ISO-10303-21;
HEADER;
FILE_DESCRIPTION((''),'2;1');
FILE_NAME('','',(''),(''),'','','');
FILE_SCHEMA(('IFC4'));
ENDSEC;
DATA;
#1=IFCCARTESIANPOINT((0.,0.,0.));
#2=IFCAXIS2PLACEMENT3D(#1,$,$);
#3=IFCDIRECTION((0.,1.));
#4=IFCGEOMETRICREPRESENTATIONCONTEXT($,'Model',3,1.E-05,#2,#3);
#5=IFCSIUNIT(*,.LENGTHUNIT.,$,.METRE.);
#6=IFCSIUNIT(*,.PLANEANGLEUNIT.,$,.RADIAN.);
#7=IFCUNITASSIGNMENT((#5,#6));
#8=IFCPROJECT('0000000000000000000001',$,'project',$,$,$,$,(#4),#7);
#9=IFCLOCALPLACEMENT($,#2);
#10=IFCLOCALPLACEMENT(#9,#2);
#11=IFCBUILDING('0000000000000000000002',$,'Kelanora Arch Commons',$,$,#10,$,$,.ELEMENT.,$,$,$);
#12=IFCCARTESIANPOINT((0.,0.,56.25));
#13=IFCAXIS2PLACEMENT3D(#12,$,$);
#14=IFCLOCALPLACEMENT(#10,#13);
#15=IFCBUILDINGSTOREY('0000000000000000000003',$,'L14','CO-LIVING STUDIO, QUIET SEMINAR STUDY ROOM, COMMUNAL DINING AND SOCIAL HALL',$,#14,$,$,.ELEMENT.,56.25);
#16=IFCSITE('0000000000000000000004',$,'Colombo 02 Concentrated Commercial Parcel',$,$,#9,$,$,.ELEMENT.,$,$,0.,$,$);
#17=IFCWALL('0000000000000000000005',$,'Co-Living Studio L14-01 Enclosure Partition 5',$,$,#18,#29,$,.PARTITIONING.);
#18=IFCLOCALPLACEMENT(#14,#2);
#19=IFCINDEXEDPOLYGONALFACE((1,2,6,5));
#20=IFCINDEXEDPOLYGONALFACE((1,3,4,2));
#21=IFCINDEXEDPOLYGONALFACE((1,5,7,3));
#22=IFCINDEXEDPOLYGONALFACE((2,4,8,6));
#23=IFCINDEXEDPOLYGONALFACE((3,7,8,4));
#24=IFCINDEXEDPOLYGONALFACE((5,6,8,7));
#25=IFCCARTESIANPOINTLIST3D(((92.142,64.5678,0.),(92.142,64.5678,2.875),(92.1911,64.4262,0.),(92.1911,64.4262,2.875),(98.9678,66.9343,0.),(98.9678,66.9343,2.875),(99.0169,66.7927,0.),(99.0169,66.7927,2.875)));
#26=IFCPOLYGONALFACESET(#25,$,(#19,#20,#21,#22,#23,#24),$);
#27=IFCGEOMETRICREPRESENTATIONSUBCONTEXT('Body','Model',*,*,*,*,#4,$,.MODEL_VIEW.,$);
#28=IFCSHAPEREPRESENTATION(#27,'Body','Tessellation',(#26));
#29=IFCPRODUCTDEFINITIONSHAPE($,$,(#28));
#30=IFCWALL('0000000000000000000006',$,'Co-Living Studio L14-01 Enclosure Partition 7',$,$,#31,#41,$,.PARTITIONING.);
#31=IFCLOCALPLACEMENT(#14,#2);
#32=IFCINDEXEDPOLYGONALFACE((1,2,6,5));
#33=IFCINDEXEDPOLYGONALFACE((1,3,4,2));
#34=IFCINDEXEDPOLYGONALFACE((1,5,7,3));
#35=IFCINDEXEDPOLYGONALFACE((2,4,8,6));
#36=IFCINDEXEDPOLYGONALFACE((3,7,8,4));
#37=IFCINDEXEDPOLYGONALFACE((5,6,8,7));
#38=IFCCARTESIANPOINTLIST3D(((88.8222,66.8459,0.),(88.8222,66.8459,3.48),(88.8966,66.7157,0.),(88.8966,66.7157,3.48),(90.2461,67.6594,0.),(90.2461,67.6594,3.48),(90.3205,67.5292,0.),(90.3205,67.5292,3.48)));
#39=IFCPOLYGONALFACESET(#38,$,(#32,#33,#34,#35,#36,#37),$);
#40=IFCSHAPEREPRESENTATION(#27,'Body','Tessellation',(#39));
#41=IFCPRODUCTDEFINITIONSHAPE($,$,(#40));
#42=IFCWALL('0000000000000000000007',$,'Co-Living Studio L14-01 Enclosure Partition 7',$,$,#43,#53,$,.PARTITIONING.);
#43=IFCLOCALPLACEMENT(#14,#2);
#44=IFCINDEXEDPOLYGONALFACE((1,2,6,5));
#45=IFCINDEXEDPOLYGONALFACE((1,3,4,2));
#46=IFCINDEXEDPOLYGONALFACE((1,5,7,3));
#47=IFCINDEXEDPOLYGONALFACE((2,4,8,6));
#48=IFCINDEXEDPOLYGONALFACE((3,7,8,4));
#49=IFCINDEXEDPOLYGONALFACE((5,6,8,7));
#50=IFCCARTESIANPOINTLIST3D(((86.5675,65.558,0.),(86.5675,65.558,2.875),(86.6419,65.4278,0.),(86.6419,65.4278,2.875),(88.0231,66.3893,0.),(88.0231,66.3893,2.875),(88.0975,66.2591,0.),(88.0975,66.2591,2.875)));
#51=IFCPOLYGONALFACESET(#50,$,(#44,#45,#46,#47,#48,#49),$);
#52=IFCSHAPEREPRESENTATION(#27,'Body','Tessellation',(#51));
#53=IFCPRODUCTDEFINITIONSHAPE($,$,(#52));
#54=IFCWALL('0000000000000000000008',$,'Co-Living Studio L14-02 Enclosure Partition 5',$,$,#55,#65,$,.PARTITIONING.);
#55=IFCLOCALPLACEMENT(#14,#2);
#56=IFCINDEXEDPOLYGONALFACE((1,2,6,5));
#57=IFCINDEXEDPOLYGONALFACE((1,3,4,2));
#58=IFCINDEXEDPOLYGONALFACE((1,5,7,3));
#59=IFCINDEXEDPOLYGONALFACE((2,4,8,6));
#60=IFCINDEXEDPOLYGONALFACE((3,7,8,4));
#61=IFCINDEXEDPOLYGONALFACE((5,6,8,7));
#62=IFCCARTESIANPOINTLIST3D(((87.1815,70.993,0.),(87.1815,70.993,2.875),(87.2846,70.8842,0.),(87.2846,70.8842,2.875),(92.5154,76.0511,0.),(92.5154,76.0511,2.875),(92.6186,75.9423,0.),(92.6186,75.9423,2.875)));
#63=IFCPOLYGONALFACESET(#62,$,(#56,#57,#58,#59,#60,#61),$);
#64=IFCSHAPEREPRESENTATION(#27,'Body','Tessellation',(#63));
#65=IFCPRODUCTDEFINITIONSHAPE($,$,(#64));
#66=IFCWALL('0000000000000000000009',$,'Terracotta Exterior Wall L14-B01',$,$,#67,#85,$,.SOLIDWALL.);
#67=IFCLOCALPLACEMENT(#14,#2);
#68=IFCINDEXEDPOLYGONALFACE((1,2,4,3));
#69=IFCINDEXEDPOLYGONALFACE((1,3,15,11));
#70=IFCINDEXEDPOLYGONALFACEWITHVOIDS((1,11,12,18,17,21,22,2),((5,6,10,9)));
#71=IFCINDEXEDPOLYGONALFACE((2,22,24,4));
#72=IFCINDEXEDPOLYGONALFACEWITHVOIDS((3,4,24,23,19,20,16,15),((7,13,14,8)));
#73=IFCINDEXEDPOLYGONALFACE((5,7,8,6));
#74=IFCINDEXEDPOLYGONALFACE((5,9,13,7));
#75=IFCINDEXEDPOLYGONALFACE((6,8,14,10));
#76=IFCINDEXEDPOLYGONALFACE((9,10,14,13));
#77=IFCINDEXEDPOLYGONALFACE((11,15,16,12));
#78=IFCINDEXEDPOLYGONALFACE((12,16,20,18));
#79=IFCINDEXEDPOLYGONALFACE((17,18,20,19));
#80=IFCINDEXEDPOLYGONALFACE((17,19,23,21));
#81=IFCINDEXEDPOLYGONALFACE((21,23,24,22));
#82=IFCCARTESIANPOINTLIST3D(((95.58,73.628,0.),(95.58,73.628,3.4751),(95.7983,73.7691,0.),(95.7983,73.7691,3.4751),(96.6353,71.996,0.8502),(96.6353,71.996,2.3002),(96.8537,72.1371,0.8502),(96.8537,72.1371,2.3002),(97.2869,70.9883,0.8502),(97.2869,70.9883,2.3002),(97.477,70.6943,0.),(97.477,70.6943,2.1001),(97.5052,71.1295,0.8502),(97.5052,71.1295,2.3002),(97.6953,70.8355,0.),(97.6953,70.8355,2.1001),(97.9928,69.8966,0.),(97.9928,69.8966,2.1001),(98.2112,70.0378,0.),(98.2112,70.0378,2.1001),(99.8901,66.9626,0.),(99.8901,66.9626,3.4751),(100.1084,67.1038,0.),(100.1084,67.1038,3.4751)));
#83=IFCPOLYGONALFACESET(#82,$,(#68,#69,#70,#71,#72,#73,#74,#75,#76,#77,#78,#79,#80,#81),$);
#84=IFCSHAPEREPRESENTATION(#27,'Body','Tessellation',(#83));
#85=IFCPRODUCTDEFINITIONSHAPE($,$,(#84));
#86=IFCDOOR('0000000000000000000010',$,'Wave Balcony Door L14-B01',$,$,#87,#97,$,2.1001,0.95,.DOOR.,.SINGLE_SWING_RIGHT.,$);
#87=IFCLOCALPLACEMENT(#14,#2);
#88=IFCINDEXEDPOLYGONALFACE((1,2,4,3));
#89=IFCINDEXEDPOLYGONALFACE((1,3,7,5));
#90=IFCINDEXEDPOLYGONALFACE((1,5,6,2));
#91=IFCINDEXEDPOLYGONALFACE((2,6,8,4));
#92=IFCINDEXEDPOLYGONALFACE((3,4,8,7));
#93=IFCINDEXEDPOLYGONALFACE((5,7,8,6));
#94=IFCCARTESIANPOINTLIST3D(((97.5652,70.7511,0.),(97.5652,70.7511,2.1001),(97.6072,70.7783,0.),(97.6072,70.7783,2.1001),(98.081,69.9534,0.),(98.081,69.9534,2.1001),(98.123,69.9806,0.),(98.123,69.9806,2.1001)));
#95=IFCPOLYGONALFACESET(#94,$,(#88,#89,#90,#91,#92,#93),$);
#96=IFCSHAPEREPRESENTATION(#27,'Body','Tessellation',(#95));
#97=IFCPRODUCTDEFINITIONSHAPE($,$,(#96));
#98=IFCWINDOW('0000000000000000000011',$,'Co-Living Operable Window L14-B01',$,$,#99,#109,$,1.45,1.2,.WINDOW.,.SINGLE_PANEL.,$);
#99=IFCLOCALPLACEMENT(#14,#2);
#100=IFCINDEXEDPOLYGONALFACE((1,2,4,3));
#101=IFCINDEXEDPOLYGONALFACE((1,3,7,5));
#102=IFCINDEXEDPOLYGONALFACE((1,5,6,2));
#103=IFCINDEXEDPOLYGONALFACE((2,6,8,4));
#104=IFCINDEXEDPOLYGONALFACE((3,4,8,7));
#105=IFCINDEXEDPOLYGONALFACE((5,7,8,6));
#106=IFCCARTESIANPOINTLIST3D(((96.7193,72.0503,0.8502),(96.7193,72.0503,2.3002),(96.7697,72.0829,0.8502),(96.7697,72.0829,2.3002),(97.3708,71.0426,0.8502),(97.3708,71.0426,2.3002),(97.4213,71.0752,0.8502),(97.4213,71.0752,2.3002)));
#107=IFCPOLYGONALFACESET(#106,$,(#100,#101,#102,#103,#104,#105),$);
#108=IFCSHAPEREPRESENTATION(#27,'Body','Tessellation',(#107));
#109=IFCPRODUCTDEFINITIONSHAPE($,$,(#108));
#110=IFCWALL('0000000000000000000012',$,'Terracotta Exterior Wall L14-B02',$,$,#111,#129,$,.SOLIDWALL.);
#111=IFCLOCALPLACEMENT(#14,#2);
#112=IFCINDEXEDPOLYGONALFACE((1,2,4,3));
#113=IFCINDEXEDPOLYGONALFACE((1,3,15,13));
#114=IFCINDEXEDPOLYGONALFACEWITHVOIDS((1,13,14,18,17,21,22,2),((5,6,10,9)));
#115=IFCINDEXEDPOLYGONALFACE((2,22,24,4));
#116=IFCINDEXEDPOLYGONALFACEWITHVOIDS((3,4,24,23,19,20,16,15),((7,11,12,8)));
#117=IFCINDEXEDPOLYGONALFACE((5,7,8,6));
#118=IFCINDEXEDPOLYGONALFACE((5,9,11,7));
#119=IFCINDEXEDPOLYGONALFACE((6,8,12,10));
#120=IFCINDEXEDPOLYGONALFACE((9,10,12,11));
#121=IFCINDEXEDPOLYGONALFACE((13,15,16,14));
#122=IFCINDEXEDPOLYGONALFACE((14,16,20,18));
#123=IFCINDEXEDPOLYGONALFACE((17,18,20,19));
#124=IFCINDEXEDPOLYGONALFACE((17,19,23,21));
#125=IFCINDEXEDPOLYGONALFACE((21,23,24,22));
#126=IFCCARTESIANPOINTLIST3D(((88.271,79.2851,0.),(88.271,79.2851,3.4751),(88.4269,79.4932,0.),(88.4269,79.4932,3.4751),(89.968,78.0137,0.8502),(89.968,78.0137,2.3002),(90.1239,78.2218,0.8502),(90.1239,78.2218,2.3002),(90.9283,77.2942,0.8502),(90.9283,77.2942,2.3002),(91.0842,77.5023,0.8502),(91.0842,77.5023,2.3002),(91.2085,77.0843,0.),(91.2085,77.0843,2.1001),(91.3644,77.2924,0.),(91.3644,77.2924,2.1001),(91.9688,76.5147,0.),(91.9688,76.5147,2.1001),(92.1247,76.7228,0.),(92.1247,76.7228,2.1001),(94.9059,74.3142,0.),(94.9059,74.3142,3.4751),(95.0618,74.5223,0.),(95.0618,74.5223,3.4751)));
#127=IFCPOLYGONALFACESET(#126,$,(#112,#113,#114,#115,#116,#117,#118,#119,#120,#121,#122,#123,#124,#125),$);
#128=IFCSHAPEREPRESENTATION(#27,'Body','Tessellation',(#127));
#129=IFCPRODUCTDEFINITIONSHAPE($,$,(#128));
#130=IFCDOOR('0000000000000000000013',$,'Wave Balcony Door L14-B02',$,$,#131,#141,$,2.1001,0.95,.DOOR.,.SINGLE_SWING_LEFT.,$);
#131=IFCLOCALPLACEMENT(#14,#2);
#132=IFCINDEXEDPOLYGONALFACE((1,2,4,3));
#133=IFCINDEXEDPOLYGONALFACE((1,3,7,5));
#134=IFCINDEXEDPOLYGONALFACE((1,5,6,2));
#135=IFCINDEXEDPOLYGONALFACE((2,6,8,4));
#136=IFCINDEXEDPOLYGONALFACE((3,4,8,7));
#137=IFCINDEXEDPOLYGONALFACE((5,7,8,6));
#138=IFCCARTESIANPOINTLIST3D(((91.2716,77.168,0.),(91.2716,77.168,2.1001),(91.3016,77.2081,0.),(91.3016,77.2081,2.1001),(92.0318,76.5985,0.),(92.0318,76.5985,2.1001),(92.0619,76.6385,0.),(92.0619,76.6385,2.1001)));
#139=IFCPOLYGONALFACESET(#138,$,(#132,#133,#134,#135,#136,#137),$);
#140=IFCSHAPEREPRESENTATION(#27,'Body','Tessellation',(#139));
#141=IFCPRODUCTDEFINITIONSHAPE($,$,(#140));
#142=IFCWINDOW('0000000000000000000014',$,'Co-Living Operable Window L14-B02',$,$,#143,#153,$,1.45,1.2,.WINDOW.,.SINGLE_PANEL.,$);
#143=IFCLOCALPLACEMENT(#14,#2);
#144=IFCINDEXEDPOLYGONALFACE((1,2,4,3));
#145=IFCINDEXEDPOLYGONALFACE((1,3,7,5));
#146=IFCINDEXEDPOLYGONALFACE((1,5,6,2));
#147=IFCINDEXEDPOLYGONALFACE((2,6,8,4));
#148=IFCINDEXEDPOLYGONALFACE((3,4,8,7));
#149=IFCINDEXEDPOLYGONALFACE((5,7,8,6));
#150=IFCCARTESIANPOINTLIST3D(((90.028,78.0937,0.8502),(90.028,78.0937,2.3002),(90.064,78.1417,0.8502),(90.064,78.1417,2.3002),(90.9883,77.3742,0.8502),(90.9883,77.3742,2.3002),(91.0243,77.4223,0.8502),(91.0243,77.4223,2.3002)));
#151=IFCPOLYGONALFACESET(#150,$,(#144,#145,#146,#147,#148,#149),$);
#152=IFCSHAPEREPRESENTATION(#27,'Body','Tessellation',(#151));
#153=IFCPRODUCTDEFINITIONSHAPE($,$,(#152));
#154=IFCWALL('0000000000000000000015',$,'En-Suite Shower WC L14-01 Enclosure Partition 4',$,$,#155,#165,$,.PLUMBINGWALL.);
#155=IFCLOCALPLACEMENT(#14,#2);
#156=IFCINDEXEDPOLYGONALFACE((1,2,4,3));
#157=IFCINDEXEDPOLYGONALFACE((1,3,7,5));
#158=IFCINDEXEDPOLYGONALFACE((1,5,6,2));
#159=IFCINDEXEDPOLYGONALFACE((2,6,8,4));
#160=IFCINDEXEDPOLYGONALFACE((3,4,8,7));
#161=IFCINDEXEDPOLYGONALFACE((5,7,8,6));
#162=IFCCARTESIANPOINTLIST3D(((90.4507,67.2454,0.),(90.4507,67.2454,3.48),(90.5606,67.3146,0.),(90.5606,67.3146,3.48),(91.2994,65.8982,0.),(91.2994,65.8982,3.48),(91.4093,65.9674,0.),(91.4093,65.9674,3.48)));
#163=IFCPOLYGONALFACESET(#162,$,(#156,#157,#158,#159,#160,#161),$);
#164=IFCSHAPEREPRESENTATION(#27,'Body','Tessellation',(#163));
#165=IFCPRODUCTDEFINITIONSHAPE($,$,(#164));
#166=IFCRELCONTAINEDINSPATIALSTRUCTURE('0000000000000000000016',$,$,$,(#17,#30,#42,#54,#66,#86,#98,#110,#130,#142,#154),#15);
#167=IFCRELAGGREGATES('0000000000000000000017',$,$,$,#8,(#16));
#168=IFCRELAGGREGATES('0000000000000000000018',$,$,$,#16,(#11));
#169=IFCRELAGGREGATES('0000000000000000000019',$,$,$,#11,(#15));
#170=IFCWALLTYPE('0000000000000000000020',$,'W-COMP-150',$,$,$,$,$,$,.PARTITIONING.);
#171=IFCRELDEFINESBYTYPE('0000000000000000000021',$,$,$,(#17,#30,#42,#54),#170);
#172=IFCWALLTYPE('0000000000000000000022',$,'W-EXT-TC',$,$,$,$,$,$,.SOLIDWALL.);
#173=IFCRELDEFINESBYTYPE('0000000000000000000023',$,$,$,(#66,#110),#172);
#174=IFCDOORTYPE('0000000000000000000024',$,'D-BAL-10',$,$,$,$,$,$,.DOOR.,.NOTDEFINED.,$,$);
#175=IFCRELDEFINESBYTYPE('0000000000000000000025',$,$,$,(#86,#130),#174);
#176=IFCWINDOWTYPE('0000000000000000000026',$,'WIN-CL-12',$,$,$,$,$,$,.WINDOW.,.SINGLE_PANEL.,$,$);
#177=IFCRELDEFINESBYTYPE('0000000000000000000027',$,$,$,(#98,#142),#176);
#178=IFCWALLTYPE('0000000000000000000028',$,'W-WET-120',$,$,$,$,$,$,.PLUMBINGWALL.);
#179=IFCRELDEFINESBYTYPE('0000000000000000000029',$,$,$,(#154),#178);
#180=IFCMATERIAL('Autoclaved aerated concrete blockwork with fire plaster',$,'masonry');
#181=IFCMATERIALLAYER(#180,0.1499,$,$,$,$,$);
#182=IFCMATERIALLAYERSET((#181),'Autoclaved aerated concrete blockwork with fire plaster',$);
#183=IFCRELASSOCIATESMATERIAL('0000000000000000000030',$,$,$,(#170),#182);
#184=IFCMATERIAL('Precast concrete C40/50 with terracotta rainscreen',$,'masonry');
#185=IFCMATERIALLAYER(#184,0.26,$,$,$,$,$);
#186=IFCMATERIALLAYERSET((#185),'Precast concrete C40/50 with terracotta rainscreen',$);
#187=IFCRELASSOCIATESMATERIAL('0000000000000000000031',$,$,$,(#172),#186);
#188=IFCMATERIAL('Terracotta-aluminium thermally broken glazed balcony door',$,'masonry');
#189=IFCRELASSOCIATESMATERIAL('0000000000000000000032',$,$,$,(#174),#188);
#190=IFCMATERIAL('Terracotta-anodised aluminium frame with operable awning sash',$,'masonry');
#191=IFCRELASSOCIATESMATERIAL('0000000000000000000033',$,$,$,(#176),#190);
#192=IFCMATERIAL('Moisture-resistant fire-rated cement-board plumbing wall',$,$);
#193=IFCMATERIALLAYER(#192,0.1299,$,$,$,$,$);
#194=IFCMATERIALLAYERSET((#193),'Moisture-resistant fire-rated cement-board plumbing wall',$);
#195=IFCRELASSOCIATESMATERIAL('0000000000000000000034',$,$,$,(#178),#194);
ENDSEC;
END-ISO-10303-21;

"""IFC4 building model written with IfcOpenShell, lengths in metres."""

from ifc_helpers import new_model, si_unit, direction, frame, frame_2d, origin, place, context, subcontext, project, spatial, rectangle, extrude, material, layer, layer_set, type_object, element, fill, save


model = new_model("IFC4")

# Units and contexts
model_context = context("Model", 3, precision=1e-05, world=origin(), true_north=direction((0.0, 1.0)))
body_context = subcontext(model_context, "Body", "Model", "MODEL_VIEW")
ifc_project = project(units=[si_unit("LENGTHUNIT", "METRE"), si_unit("PLANEANGLEUNIT", "RADIAN")], contexts=[model_context])

# Site, building, storey
site_placement = place(None, origin())
site = spatial("IfcSite", under=ifc_project, at=site_placement, Name="Colombo 02 Concentrated Commercial Parcel", CompositionType="ELEMENT", RefElevation=0.0)
building_placement = place(site_placement, origin())
building = spatial("IfcBuilding", under=site, at=building_placement, Name="Kelanora Arch Commons", CompositionType="ELEMENT")
storey_placement = place(building_placement, frame((0.0, 0.0, 56.25)))
storey = spatial("IfcBuildingStorey", under=building, at=storey_placement, Name="L14", Description="CO-LIVING STUDIO, QUIET SEMINAR STUDY ROOM, COMMUNAL DINING AND SOCIAL HALL", CompositionType="ELEMENT", Elevation=56.25)

# Walls
ifc_material_1 = material(Name="Autoclaved aerated concrete blockwork with fire plaster", Category="masonry")
ifc_layer_1 = layer(ifc_material_1, 0.1499)
ifc_layer_set_1 = layer_set([ifc_layer_1], Name="Autoclaved aerated concrete blockwork with fire plaster")
wall_type_1 = type_object("IfcWallType", Name="W-COMP-150", PredefinedType="PARTITIONING", material=ifc_layer_set_1)
wall_1_placement = place(storey_placement, frame((98.9924, 66.8635, 0.0), z_axis=(0.0, 0.0, 1.0), x_axis=(-0.944827, -0.32757, 0.0)))
element("IfcWall", 1, at=wall_1_placement, inside=storey, type_object=wall_type_1, Name="Co-Living Studio L14-01 Enclosure Partition 5", PredefinedType="PARTITIONING", context=body_context, shape_type="SweptSolid", body=[
    extrude(rectangle(XDim=7.2244, YDim=0.1499, at=frame_2d((3.6123, 0.0))), origin(), (0.0, 0.0, 1.0), 2.875),
])
wall_2_placement = place(storey_placement, frame((90.2832, 67.5942, 0.0), z_axis=(0.0, 0.0, 1.0), x_axis=(-0.86828, -0.496075, 0.0)))
element("IfcWall", 2, at=wall_2_placement, inside=storey, type_object=wall_type_1, Name="Co-Living Studio L14-01 Enclosure Partition 7", PredefinedType="PARTITIONING", context=body_context, shape_type="SweptSolid", body=[
    extrude(rectangle(XDim=1.6399, YDim=0.1499, at=frame_2d((0.8198, 0.0))), origin(), (0.0, 0.0, 1.0), 3.48),
])
wall_3_placement = place(storey_placement, frame((88.0603, 66.3242, 0.0), z_axis=(0.0, 0.0, 1.0), x_axis=(-0.86836, -0.495935, 0.0)))
element("IfcWall", 3, at=wall_3_placement, inside=storey, type_object=wall_type_1, Name="Co-Living Studio L14-01 Enclosure Partition 7", PredefinedType="PARTITIONING", context=body_context, shape_type="SweptSolid", body=[
    extrude(rectangle(XDim=1.6763, YDim=0.1499, at=frame_2d((0.8381, 0.0))), origin(), (0.0, 0.0, 1.0), 2.875),
])
wall_4_placement = place(storey_placement, frame((92.5669, 75.9966, 0.0), z_axis=(0.0, 0.0, 1.0), x_axis=(-0.725623, -0.688093, 0.0)))
element("IfcWall", 4, at=wall_4_placement, inside=storey, type_object=wall_type_1, Name="Co-Living Studio L14-02 Enclosure Partition 5", PredefinedType="PARTITIONING", context=body_context, shape_type="SweptSolid", body=[
    extrude(rectangle(XDim=7.3508, YDim=0.1499, at=frame_2d((3.6753, 0.0))), origin(), (0.0, 0.0, 1.0), 2.875),
])

# Walls, openings, doors, windows
ifc_material_2 = material(Name="Precast concrete C40/50 with terracotta rainscreen", Category="masonry")
ifc_layer_2 = layer(ifc_material_2, 0.26)
ifc_layer_set_2 = layer_set([ifc_layer_2], Name="Precast concrete C40/50 with terracotta rainscreen")
wall_type_2 = type_object("IfcWallType", Name="W-EXT-TC", PredefinedType="SOLIDWALL", material=ifc_layer_set_2)
wall_5_placement = place(storey_placement, frame((99.9993, 67.0332, 0.0), z_axis=(0.0, 0.0, 1.0), x_axis=(-0.543005, 0.839729, 0.0)))
wall_5 = element("IfcWall", 5, at=wall_5_placement, inside=storey, type_object=wall_type_2, Name="Terracotta Exterior Wall L14-B01", PredefinedType="SOLIDWALL", context=body_context, shape_type="SweptSolid", body=[
    extrude(rectangle(XDim=7.9375, YDim=0.26, at=frame_2d((3.9688, 0.0))), origin(), (0.0, 0.0, 1.0), 3.4751),
])
opening_1_placement = place(wall_5_placement, frame((3.4939, 0.0, 0.0)))
opening_1 = element("IfcOpeningElement", 6, at=opening_1_placement, cuts=wall_5, PredefinedType="OPENING", context=body_context, shape_type="SweptSolid", body=[
    extrude(rectangle(XDim=0.95, YDim=2.1001, at=frame_2d((0.4751, 1.05))), frame((0.0, 0.1401, 0.0), z_axis=(0.0, -1.0, 0.0), x_axis=(1.0, 0.0, 0.0)), (0.0, 0.0, 1.0), 0.28),
])
opening_2_placement = place(wall_5_placement, frame((4.7939, 0.0, 0.8501)))
opening_2 = element("IfcOpeningElement", 7, at=opening_2_placement, cuts=wall_5, PredefinedType="OPENING", context=body_context, shape_type="SweptSolid", body=[
    extrude(rectangle(XDim=1.2, YDim=1.45, at=frame_2d((0.6001, 0.7251))), frame((0.0, 0.1401, 0.0), z_axis=(0.0, -1.0, 0.0), x_axis=(1.0, 0.0, 0.0)), (0.0, 0.0, 1.0), 0.28),
])
ifc_material_3 = material(Name="Terracotta-aluminium thermally broken glazed balcony door", Category="masonry")
door_type = type_object("IfcDoorType", Name="D-BAL-10", OperationType="NOTDEFINED", PredefinedType="DOOR", material=ifc_material_3)
door_1_placement = place(opening_1_placement, frame((0.95, 0.0, 0.0), z_axis=(0.0, 0.0, 1.0), x_axis=(-1.0, 0.0, 0.0)))
door_1 = element("IfcDoor", 8, at=door_1_placement, inside=storey, type_object=door_type, Name="Wave Balcony Door L14-B01", OperationType="SINGLE_SWING_RIGHT", OverallHeight=2.1001, OverallWidth=0.95, PredefinedType="DOOR", context=body_context, shape_type="SweptSolid", body=[
    extrude(rectangle(XDim=0.95, YDim=2.1001, at=frame_2d((0.4751, 1.05))), frame((0.0, 0.0249, 0.0), z_axis=(0.0, -1.0, 0.0), x_axis=(1.0, 0.0, 0.0)), (0.0, 0.0, 1.0), 0.05),
])
fill(opening_1, door_1)
ifc_material_4 = material(Name="Terracotta-anodised aluminium frame with operable awning sash", Category="masonry")
window_type = type_object("IfcWindowType", Name="WIN-CL-12", PartitioningType="SINGLE_PANEL", PredefinedType="WINDOW", material=ifc_material_4)
window_1_placement = place(opening_2_placement, origin())
window_1 = element("IfcWindow", 9, at=window_1_placement, inside=storey, type_object=window_type, Name="Co-Living Operable Window L14-B01", OverallHeight=1.45, OverallWidth=1.2, PartitioningType="SINGLE_PANEL", PredefinedType="WINDOW", context=body_context, shape_type="SweptSolid", body=[
    extrude(rectangle(XDim=1.2, YDim=1.45, at=frame_2d((0.6001, 0.7251))), frame((0.0, 0.03, 0.0), z_axis=(0.0, -1.0, 0.0), x_axis=(1.0, 0.0, 0.0)), (0.0, 0.0, 1.0), 0.0601),
])
fill(opening_2, window_1)
wall_6_placement = place(storey_placement, frame((94.9839, 74.4182, 0.0), z_axis=(0.0, 0.0, 1.0), x_axis=(-0.800307, 0.59959, 0.0)))
wall_6 = element("IfcWall", 10, at=wall_6_placement, inside=storey, type_object=wall_type_2, Name="Terracotta Exterior Wall L14-B02", PredefinedType="SOLIDWALL", context=body_context, shape_type="SweptSolid", body=[
    extrude(rectangle(XDim=8.2905, YDim=0.26, at=frame_2d((4.1453, 0.0))), origin(), (0.0, 0.0, 1.0), 3.4751),
])
opening_3_placement = place(wall_6_placement, frame((3.6699, 0.0, 0.0)))
opening_3 = element("IfcOpeningElement", 11, at=opening_3_placement, cuts=wall_6, PredefinedType="OPENING", context=body_context, shape_type="SweptSolid", body=[
    extrude(rectangle(XDim=0.95, YDim=2.1001, at=frame_2d((0.4751, 1.05))), frame((0.0, 0.1401, 0.0), z_axis=(0.0, -1.0, 0.0), x_axis=(1.0, 0.0, 0.0)), (0.0, 0.0, 1.0), 0.28),
])
opening_4_placement = place(wall_6_placement, frame((4.97, 0.0, 0.8501)))
opening_4 = element("IfcOpeningElement", 12, at=opening_4_placement, cuts=wall_6, PredefinedType="OPENING", context=body_context, shape_type="SweptSolid", body=[
    extrude(rectangle(XDim=1.2, YDim=1.45, at=frame_2d((0.6001, 0.7251))), frame((0.0, 0.1401, 0.0), z_axis=(0.0, -1.0, 0.0), x_axis=(1.0, 0.0, 0.0)), (0.0, 0.0, 1.0), 0.28),
])
door_2_placement = place(opening_3_placement, frame((0.95, 0.0, 0.0), z_axis=(0.0, 0.0, 1.0), x_axis=(-1.0, 0.0, 0.0)))
door_2 = element("IfcDoor", 13, at=door_2_placement, inside=storey, type_object=door_type, Name="Wave Balcony Door L14-B02", OperationType="SINGLE_SWING_LEFT", OverallHeight=2.1001, OverallWidth=0.95, PredefinedType="DOOR", context=body_context, shape_type="SweptSolid", body=[
    extrude(rectangle(XDim=0.95, YDim=2.1001, at=frame_2d((0.4751, 1.05))), frame((0.0, 0.0249, 0.0), z_axis=(0.0, -1.0, 0.0), x_axis=(1.0, 0.0, 0.0)), (0.0, 0.0, 1.0), 0.05),
])
fill(opening_3, door_2)
window_2_placement = place(opening_4_placement, origin())
window_2 = element("IfcWindow", 14, at=window_2_placement, inside=storey, type_object=window_type, Name="Co-Living Operable Window L14-B02", OverallHeight=1.45, OverallWidth=1.2, PartitioningType="SINGLE_PANEL", PredefinedType="WINDOW", context=body_context, shape_type="SweptSolid", body=[
    extrude(rectangle(XDim=1.2, YDim=1.45, at=frame_2d((0.6001, 0.7251))), frame((0.0, 0.03, 0.0), z_axis=(0.0, -1.0, 0.0), x_axis=(1.0, 0.0, 0.0)), (0.0, 0.0, 1.0), 0.0601),
])
fill(opening_4, window_2)

# Wall
ifc_material_5 = material(Name="Moisture-resistant fire-rated cement-board plumbing wall")
ifc_layer_3 = layer(ifc_material_5, 0.1299)
ifc_layer_set_3 = layer_set([ifc_layer_3], Name="Moisture-resistant fire-rated cement-board plumbing wall")
wall_type_3 = type_object("IfcWallType", Name="W-WET-120", PredefinedType="PLUMBINGWALL", material=ifc_layer_set_3)
wall_7_placement = place(storey_placement, frame((90.5056, 67.28, 0.0), z_axis=(0.0, 0.0, 1.0), x_axis=(0.533, -0.846115, 0.0)))
element("IfcWall", 15, at=wall_7_placement, inside=storey, type_object=wall_type_3, Name="En-Suite Shower WC L14-01 Enclosure Partition 4", PredefinedType="PLUMBINGWALL", context=body_context, shape_type="SweptSolid", body=[
    extrude(rectangle(XDim=1.5923, YDim=0.1299, at=frame_2d((0.7961, 0.0))), origin(), (0.0, 0.0, 1.0), 3.48),
])

save(model, "model.ifc")
